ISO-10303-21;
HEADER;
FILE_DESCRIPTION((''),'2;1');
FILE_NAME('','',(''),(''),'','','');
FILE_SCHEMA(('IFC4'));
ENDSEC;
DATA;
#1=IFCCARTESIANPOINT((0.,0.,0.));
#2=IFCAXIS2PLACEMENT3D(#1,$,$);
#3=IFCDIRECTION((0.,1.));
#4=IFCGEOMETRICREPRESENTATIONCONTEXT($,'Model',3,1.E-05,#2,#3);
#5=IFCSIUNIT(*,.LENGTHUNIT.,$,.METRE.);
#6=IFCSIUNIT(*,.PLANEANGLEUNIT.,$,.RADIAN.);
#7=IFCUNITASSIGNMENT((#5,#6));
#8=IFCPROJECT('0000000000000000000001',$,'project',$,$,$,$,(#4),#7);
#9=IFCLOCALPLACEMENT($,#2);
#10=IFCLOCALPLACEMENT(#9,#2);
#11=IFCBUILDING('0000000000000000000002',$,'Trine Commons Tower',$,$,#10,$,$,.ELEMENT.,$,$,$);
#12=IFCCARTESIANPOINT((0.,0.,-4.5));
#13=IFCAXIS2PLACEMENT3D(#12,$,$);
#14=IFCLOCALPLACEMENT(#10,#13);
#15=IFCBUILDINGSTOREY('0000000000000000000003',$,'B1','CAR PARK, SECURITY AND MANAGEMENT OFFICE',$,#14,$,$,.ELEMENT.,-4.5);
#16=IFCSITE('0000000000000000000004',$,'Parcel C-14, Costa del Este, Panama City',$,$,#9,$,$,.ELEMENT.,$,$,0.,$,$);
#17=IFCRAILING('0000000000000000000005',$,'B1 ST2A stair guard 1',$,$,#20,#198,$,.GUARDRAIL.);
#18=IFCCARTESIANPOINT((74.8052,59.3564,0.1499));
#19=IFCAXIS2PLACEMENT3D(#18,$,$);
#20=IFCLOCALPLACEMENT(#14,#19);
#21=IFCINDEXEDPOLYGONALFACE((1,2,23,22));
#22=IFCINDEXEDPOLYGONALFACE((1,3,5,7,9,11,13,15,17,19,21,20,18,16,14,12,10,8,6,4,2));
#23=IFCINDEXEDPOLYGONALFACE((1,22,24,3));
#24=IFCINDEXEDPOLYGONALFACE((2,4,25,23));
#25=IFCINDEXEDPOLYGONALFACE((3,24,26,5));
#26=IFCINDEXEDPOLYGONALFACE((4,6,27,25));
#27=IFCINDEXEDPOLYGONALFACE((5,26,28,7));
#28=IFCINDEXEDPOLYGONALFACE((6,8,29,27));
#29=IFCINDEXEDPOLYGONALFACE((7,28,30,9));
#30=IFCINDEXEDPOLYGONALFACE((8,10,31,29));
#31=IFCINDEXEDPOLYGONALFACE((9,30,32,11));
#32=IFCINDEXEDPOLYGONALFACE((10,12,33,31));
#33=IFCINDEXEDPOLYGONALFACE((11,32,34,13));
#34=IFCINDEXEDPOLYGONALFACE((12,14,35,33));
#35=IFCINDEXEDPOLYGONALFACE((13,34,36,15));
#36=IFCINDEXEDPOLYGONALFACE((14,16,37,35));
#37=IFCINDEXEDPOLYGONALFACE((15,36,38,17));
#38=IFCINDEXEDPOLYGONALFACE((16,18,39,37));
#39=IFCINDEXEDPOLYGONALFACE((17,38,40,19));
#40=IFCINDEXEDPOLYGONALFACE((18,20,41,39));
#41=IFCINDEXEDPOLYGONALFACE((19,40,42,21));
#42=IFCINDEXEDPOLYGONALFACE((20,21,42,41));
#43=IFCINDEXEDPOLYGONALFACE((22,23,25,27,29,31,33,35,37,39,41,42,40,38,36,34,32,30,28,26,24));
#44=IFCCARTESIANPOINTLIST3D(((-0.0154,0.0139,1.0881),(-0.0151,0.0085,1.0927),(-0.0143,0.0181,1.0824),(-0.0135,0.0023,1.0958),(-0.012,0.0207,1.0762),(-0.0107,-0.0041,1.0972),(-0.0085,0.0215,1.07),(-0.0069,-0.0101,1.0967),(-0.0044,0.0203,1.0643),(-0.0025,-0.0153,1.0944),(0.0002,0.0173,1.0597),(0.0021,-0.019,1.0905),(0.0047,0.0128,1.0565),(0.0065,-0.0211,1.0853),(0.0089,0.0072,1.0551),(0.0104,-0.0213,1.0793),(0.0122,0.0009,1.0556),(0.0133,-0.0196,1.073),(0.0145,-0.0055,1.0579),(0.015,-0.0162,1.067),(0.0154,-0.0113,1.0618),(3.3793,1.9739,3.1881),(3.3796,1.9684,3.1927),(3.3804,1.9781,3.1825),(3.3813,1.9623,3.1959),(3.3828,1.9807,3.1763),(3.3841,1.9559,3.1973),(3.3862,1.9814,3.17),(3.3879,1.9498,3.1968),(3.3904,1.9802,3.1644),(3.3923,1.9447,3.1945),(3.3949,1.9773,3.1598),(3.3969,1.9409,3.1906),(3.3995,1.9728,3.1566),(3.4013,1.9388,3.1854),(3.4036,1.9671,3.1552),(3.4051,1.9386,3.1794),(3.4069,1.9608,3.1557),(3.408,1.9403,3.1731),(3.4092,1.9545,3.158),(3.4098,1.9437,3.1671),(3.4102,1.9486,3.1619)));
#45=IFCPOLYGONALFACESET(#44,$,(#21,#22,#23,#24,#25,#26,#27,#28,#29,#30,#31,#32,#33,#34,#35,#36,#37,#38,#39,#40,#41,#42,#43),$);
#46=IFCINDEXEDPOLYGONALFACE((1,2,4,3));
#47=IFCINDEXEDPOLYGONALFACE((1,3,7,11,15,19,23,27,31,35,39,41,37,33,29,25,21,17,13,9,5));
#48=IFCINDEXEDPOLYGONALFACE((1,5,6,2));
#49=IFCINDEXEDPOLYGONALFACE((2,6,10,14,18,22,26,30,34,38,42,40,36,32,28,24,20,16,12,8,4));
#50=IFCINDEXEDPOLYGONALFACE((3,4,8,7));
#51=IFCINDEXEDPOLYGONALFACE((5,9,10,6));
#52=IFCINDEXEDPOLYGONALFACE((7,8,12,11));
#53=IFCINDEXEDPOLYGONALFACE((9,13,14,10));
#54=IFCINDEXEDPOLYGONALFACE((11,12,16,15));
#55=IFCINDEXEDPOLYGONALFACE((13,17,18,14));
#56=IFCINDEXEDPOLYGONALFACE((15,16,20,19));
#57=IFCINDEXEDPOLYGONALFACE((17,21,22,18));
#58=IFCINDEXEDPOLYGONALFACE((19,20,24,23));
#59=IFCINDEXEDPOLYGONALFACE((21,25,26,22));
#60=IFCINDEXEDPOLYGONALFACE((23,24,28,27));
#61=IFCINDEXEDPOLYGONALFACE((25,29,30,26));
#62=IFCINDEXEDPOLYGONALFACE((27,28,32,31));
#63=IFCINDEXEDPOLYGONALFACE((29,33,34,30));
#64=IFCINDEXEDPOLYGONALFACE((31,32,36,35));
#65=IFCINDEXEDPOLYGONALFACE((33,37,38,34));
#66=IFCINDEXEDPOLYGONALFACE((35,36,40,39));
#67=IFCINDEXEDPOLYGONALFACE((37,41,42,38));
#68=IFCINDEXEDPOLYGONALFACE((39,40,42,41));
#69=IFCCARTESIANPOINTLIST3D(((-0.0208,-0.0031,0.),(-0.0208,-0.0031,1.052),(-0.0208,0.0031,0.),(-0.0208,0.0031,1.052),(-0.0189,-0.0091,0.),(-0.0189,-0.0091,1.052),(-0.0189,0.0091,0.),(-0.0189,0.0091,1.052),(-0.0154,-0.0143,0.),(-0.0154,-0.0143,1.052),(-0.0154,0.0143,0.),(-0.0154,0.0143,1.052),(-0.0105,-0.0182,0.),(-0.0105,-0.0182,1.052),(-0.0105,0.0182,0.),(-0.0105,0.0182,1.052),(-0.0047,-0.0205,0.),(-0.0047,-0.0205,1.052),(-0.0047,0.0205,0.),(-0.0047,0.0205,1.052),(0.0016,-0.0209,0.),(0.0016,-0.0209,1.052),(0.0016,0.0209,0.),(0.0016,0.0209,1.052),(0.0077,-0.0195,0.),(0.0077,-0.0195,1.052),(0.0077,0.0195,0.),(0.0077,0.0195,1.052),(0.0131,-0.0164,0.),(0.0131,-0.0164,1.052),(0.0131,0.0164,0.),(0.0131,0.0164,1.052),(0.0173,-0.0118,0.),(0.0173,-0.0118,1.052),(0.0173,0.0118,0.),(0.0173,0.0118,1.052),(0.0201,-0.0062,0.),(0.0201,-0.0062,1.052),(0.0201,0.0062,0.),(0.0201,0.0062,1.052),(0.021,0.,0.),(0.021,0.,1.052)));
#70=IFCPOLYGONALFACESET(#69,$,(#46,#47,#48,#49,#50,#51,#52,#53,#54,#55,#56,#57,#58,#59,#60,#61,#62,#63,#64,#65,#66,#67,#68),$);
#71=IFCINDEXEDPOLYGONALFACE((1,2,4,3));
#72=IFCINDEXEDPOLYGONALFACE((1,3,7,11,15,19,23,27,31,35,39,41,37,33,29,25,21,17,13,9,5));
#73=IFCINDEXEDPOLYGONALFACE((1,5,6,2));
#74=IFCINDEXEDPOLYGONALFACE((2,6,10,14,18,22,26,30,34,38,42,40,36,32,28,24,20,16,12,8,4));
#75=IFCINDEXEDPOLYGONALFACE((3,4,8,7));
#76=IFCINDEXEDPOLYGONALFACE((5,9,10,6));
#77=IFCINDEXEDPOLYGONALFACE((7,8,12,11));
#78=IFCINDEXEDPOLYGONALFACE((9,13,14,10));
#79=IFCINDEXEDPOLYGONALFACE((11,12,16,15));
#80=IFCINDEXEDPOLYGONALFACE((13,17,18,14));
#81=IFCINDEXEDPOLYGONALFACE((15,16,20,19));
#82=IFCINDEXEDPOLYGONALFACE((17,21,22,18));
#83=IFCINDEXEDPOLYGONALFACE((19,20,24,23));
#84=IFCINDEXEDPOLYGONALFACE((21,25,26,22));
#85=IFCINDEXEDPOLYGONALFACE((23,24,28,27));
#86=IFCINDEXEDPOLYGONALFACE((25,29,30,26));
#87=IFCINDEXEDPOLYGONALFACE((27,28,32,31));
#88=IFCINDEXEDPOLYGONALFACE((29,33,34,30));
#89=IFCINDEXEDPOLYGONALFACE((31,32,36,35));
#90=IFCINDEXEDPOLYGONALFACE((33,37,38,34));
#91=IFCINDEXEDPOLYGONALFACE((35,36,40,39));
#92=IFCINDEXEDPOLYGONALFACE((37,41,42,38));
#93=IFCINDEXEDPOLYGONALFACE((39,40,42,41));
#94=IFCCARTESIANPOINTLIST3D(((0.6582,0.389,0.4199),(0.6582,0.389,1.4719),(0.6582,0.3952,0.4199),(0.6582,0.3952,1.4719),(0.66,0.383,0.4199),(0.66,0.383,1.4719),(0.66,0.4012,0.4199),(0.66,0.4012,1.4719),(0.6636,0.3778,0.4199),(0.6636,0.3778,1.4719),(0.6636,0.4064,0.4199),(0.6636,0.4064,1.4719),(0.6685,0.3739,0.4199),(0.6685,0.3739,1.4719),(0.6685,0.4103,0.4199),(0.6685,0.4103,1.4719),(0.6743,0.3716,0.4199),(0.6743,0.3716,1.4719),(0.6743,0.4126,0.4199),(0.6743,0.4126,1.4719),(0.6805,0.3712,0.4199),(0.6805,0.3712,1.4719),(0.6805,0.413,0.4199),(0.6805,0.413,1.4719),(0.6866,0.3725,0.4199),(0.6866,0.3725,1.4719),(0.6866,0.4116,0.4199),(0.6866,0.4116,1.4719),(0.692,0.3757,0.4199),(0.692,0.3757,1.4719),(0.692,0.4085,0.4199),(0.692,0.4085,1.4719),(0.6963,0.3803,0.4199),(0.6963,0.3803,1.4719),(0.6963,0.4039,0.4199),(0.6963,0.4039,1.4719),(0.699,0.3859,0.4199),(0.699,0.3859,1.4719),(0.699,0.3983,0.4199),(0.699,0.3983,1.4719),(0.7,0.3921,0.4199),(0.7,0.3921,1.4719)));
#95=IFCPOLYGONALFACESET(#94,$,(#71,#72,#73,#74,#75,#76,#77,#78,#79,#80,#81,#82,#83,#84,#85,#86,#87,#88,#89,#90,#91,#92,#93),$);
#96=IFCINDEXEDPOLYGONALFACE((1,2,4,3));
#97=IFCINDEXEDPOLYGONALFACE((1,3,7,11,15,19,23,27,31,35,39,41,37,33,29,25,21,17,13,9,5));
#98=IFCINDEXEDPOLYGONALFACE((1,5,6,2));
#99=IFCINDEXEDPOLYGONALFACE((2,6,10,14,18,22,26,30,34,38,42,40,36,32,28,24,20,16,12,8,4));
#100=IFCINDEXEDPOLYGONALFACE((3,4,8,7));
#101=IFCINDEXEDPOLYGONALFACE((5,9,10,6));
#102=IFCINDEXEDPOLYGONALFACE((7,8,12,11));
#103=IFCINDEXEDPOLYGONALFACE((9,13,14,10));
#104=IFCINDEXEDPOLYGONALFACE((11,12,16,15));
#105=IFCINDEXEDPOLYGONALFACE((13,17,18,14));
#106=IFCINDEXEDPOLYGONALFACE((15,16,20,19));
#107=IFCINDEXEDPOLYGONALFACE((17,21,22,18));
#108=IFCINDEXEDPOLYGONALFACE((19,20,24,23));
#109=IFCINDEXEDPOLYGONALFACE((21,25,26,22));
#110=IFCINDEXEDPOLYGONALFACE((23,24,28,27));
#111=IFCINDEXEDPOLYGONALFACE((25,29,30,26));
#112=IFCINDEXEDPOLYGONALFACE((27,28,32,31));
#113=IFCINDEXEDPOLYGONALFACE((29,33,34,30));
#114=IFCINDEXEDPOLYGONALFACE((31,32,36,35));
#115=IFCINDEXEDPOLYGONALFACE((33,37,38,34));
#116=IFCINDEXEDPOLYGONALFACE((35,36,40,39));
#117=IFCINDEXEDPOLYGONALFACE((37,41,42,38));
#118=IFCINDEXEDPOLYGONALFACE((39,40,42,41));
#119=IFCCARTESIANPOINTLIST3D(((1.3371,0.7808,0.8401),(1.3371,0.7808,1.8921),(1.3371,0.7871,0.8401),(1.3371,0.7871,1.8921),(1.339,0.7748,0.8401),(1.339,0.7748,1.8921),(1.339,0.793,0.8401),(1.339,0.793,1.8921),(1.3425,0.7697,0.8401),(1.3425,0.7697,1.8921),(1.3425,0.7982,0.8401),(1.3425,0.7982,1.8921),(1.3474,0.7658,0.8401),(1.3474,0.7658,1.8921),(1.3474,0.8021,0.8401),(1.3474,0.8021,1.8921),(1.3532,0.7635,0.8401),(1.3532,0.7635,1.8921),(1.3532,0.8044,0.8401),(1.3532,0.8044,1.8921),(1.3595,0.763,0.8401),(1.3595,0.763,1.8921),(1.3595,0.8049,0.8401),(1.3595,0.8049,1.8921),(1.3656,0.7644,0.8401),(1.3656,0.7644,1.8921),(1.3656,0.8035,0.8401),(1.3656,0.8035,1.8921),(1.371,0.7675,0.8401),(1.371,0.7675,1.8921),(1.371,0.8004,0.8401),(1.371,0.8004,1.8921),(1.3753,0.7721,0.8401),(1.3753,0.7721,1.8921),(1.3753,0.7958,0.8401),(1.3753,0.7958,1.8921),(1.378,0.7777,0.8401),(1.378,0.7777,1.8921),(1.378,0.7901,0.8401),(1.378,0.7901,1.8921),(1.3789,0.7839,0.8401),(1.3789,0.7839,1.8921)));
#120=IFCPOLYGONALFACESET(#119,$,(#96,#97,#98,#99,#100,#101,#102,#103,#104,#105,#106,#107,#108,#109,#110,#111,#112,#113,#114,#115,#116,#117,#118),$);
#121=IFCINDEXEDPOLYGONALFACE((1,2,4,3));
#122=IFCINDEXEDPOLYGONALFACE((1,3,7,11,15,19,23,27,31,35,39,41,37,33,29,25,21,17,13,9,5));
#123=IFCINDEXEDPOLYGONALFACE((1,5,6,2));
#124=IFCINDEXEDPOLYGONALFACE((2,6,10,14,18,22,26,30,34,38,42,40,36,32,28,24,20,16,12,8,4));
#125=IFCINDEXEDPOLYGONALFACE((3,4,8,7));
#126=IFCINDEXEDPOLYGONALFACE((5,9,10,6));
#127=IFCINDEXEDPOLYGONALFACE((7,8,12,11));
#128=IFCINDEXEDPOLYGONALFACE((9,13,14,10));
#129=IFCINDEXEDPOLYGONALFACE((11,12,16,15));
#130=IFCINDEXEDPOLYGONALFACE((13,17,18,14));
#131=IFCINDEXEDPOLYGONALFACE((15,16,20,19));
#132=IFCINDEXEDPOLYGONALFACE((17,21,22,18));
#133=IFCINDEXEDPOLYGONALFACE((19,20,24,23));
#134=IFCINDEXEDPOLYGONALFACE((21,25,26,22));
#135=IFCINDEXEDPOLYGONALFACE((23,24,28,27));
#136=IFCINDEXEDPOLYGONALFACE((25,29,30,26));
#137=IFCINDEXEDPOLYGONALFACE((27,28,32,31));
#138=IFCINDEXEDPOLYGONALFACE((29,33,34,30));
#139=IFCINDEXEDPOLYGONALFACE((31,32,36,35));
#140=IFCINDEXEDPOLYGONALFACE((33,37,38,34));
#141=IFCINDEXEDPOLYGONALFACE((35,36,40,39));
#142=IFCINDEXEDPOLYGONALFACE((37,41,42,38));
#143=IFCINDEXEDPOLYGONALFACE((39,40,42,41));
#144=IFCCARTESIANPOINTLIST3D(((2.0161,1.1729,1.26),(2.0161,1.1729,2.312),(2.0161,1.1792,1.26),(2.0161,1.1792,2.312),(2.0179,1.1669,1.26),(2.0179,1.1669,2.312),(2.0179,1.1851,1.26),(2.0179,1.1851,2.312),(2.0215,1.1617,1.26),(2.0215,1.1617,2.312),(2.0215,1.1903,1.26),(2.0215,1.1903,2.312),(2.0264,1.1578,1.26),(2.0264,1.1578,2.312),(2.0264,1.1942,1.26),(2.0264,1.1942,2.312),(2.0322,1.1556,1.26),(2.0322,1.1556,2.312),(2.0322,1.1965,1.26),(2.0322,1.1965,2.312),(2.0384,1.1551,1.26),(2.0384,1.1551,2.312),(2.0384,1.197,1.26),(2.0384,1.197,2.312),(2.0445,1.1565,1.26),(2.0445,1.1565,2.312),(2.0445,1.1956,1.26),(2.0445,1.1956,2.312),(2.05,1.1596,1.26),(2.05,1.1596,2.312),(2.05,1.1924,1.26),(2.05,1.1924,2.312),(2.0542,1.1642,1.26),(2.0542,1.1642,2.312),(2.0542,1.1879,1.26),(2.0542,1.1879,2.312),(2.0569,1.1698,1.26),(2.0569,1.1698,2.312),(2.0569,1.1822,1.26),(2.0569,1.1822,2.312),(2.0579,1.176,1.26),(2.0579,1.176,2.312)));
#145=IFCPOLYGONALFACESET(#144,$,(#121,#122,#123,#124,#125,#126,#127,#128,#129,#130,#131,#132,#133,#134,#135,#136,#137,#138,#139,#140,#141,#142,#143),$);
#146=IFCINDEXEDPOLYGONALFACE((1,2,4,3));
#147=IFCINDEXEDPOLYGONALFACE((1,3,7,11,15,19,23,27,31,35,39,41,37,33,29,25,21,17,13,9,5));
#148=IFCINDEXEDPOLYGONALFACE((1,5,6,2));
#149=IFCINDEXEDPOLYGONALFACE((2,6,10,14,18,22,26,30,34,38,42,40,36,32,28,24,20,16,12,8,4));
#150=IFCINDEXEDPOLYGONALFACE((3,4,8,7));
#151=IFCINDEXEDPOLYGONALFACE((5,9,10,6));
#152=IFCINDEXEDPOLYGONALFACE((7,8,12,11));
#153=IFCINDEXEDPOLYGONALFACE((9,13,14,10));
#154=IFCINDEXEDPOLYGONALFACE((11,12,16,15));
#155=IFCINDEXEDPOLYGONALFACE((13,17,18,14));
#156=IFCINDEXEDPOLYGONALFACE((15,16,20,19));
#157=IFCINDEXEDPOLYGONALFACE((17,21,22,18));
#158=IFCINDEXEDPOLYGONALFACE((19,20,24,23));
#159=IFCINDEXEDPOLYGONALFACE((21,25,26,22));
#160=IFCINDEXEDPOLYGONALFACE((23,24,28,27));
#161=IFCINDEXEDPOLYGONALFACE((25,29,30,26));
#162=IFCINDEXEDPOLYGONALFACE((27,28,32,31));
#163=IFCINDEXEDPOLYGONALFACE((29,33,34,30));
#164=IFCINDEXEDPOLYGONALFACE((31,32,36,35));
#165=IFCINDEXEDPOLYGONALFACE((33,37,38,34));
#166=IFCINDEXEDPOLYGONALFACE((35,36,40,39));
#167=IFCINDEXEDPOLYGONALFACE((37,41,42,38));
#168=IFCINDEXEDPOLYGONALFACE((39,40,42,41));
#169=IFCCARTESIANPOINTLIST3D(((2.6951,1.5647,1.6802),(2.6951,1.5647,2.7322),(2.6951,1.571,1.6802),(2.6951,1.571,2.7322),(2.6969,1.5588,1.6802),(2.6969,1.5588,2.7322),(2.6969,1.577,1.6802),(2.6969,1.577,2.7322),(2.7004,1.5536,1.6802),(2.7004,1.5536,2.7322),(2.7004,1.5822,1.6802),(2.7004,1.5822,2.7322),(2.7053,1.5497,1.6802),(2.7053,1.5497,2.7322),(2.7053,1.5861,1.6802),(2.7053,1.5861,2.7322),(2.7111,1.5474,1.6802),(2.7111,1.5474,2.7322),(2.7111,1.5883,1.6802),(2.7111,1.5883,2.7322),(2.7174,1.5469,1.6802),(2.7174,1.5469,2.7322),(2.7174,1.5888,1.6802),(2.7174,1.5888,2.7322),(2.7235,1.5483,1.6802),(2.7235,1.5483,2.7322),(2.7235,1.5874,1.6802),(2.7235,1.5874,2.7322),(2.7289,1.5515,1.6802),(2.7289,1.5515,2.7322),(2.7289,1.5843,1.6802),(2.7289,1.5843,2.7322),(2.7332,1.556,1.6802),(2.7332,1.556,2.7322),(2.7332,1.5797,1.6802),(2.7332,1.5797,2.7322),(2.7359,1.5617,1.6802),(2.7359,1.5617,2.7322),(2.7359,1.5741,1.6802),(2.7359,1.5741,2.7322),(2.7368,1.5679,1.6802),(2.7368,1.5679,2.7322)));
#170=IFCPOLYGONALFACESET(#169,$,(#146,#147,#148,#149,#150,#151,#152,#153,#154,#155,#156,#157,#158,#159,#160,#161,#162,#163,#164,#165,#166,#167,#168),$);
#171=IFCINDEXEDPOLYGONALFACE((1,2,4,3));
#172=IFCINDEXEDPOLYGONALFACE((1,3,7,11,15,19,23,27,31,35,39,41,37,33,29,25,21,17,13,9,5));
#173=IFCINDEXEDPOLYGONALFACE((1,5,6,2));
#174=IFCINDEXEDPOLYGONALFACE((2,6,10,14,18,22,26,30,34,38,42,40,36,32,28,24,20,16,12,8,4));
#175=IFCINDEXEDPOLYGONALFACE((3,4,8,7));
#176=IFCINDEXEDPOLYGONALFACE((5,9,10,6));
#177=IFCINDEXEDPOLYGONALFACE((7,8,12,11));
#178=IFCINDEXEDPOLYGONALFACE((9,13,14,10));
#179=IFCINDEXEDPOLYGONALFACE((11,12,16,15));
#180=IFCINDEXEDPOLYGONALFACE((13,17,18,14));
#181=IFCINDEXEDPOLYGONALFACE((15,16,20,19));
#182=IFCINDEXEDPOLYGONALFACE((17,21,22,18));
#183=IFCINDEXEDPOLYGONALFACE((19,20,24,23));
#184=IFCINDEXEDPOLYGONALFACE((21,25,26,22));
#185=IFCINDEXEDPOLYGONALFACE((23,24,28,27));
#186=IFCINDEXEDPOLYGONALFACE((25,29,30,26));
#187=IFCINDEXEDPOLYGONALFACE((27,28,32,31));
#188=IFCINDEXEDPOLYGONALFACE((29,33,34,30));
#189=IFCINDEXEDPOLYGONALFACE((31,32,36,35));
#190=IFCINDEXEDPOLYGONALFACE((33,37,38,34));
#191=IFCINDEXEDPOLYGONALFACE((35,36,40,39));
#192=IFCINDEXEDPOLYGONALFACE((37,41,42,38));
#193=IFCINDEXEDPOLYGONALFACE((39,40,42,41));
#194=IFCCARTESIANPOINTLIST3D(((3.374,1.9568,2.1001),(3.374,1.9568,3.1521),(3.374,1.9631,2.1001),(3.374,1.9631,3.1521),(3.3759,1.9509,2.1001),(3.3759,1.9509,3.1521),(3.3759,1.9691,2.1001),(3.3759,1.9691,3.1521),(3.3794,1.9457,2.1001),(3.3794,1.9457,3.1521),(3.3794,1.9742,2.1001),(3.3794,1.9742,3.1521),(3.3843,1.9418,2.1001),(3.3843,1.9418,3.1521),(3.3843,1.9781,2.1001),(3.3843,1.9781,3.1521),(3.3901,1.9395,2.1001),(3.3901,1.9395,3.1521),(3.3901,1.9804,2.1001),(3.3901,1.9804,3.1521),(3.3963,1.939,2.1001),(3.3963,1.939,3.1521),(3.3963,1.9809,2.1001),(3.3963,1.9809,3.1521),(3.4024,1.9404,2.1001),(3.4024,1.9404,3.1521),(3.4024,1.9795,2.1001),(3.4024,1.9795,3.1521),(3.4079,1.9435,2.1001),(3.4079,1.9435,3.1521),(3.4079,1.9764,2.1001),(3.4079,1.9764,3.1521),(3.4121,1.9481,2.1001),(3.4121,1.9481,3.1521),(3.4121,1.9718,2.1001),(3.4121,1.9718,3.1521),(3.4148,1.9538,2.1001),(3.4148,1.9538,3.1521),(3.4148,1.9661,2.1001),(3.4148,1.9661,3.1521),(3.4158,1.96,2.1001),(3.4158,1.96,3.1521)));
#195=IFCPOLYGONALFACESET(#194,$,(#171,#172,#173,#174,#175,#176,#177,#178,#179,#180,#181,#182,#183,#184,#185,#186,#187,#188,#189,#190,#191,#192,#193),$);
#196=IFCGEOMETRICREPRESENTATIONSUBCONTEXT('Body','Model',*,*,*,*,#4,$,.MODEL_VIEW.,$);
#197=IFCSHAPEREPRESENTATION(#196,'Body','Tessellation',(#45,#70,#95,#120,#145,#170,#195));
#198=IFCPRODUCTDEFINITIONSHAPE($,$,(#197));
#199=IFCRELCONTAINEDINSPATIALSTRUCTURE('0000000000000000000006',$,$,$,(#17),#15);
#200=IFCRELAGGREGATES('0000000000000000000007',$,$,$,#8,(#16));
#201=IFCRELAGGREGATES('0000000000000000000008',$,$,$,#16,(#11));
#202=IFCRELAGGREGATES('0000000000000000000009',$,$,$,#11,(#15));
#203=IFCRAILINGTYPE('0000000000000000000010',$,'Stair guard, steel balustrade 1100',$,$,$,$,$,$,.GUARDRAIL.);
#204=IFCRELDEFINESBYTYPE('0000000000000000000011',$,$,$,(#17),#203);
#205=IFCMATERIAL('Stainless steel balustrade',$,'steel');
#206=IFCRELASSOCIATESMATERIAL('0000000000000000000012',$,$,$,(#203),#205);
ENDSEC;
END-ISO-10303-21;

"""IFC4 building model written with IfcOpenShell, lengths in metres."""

from ifc_helpers import new_model, si_unit, direction, frame, origin, origin_2d, place, context, subcontext, project, spatial, circle, extrude, material, type_object, element, save


model = new_model("IFC4")

# Units and contexts
model_context = context("Model", 3, precision=1e-05, world=origin(), true_north=direction((0.0, 1.0)))
body_context = subcontext(model_context, "Body", "Model", "MODEL_VIEW")
ifc_project = project(units=[si_unit("LENGTHUNIT", "METRE"), si_unit("PLANEANGLEUNIT", "RADIAN")], contexts=[model_context])

# Site, building, storey
site_placement = place(None, origin())
site = spatial("IfcSite", under=ifc_project, at=site_placement, Name="Parcel C-14, Costa del Este, Panama City", CompositionType="ELEMENT", RefElevation=0.0)
building_placement = place(site_placement, origin())
building = spatial("IfcBuilding", under=site, at=building_placement, Name="Trine Commons Tower", CompositionType="ELEMENT")
storey_placement = place(building_placement, frame((0.0, 0.0, -4.5)))
storey = spatial("IfcBuildingStorey", under=building, at=storey_placement, Name="B1", Description="CAR PARK, SECURITY AND MANAGEMENT OFFICE", CompositionType="ELEMENT", Elevation=-4.5)

# Railing
ifc_material_1 = material(Name="Stainless steel balustrade", Category="steel")
railing_type_1 = type_object("IfcRailingType", Name="Stair guard, steel balustrade 1100", PredefinedType="GUARDRAIL", material=ifc_material_1)
railing_1_placement = place(storey_placement, frame((74.8052, 59.3564, 0.1499)))
element("IfcRailing", 1, at=railing_1_placement, inside=storey, type_object=railing_type_1, Name="B1 ST2A stair guard 1", PredefinedType="GUARDRAIL", context=body_context, shape_type="SweptSolid", body=[
    extrude(circle(Radius=0.0239, at=origin_2d()), frame((0.0, 0.0, 1.0762), z_axis=(0.763375, 0.440732, 0.472244), x_axis=(-0.499997, 0.866027, 0.0)), (0.0, 0.0, 1.0), 4.447),
    extrude(circle(Radius=0.021, at=origin_2d()), origin(), (0.0, 0.0, 1.0), 1.052),
    extrude(circle(Radius=0.021, at=origin_2d()), frame((0.679, 0.3921, 0.4199)), (0.0, 0.0, 1.0), 1.052),
    extrude(circle(Radius=0.021, at=origin_2d()), frame((1.3579, 0.7839, 0.8401)), (0.0, 0.0, 1.0), 1.052),
    extrude(circle(Radius=0.021, at=origin_2d()), frame((2.0369, 1.176, 1.26)), (0.0, 0.0, 1.0), 1.052),
    extrude(circle(Radius=0.021, at=origin_2d()), frame((2.7158, 1.5679, 1.6802)), (0.0, 0.0, 1.0), 1.052),
    extrude(circle(Radius=0.021, at=origin_2d()), frame((3.3948, 1.96, 2.1001)), (0.0, 0.0, 1.0), 1.052),
])

save(model, "model.ifc")
